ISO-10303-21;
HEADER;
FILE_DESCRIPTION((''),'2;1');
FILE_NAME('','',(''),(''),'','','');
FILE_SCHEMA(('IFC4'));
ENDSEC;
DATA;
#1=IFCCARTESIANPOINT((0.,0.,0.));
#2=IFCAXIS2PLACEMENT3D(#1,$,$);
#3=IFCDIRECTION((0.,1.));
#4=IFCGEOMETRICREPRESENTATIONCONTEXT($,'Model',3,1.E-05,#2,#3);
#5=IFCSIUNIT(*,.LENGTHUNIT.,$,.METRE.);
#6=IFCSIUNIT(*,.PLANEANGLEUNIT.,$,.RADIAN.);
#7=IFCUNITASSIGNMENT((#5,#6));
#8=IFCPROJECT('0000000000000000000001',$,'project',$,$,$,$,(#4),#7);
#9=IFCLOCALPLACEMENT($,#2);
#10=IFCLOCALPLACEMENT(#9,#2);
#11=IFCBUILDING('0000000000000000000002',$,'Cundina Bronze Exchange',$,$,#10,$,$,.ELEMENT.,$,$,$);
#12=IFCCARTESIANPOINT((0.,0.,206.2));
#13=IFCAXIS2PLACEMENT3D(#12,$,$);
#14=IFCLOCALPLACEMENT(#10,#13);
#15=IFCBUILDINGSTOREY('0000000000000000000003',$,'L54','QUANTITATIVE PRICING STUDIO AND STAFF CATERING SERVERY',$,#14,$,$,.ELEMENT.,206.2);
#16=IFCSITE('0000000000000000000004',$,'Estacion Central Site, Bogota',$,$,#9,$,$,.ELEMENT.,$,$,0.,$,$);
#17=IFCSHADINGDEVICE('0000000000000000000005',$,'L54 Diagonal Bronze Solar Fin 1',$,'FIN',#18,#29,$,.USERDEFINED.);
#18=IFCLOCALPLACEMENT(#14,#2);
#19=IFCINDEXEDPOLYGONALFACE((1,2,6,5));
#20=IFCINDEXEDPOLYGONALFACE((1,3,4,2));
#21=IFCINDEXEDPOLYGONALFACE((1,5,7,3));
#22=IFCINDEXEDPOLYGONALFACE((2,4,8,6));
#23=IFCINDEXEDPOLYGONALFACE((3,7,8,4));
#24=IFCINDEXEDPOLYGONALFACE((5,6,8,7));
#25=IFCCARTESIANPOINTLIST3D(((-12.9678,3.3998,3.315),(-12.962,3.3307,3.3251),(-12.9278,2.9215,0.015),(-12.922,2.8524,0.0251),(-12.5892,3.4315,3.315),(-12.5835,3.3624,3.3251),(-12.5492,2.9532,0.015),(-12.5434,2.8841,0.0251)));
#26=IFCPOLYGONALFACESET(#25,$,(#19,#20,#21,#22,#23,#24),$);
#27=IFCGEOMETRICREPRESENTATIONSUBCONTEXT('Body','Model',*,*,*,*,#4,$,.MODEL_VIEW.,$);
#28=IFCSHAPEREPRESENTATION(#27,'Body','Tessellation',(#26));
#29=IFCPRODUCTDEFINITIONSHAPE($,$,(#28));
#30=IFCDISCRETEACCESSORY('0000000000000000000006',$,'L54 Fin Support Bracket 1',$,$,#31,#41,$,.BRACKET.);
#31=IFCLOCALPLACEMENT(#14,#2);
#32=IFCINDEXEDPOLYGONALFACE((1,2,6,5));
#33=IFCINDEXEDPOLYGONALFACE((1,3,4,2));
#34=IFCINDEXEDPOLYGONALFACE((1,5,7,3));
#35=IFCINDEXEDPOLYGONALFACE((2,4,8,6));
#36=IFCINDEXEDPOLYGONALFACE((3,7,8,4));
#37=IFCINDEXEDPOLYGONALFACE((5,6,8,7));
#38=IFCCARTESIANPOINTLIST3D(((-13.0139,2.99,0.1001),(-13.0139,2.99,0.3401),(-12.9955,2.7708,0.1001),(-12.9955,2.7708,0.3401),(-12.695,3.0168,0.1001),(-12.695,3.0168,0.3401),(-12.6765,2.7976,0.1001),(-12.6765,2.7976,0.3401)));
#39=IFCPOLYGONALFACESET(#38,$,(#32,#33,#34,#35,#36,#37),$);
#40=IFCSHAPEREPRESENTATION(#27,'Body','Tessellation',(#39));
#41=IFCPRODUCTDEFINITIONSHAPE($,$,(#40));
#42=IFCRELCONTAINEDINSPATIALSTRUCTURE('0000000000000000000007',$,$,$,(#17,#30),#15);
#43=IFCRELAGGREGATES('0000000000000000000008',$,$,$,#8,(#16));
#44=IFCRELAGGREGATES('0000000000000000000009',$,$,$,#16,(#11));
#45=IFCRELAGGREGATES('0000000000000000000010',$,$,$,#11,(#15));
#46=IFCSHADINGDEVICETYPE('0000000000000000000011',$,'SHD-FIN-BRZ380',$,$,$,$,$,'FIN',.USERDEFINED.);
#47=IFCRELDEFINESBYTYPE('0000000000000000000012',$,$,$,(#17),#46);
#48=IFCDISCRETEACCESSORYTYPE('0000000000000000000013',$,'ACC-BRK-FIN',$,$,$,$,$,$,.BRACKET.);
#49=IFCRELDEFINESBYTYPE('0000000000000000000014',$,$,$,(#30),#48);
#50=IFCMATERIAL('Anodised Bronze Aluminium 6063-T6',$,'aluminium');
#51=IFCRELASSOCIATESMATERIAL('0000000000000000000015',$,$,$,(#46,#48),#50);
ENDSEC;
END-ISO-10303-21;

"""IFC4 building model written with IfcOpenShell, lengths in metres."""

from ifc_helpers import new_model, si_unit, direction, frame, origin, origin_2d, place, context, subcontext, project, spatial, rectangle, extrude, material, material_profile, profile_set, type_object, element, save


model = new_model("IFC4")

# Units and contexts
model_context = context("Model", 3, precision=1e-05, world=origin(), true_north=direction((0.0, 1.0)))
body_context = subcontext(model_context, "Body", "Model", "MODEL_VIEW")
ifc_project = project(units=[si_unit("LENGTHUNIT", "METRE"), si_unit("PLANEANGLEUNIT", "RADIAN")], contexts=[model_context])

# Site, building, storey
site_placement = place(None, origin())
site = spatial("IfcSite", under=ifc_project, at=site_placement, Name="Estacion Central Site, Bogota", CompositionType="ELEMENT", RefElevation=0.0)
building_placement = place(site_placement, origin())
building = spatial("IfcBuilding", under=site, at=building_placement, Name="Cundina Bronze Exchange", CompositionType="ELEMENT")
storey_placement = place(building_placement, frame((0.0, 0.0, 206.2)))
storey = spatial("IfcBuildingStorey", under=building, at=storey_placement, Name="L54", Description="QUANTITATIVE PRICING STUDIO AND STAFF CATERING SERVERY", CompositionType="ELEMENT", Elevation=206.2)

# Shared definitions
ifc_material_1 = material(Name="Anodised Bronze Aluminium 6063-T6", Category="aluminium")

# Shading device
ifc_material_profile_1 = material_profile(ifc_material_1, rectangle(XDim=0.0701, YDim=0.3799, at=origin_2d()), Name="FIN70X380", Category="aluminium")
ifc_profile_set_1 = profile_set([ifc_material_profile_1], Name="Anodised Bronze Aluminium 6063-T6")
shading_device_type = type_object("IfcShadingDeviceType", Name="SHD-FIN-BRZ380", ElementType="FIN", PredefinedType="USERDEFINED", material=ifc_profile_set_1)
shading_device_placement = place(storey_placement, frame((-12.7356, 2.9028, 0.02), z_axis=(-0.012007, 0.14342, 0.989589), x_axis=(0.082556, -0.98614, 0.143921)))
element("IfcShadingDevice", 1, at=shading_device_placement, inside=storey, type_object=shading_device_type, Name="L54 Diagonal Bronze Solar Fin 1", ObjectType="FIN", PredefinedType="USERDEFINED", context=body_context, shape_type="SweptSolid", body=[
    extrude(rectangle(XDim=0.0701, YDim=0.3799, at=origin_2d()), origin(), (0.0, 0.0, 1.0), 3.3347),
])

# Discrete accessory
discrete_accessory_type = type_object("IfcDiscreteAccessoryType", Name="ACC-BRK-FIN", PredefinedType="BRACKET", material=ifc_material_1)
discrete_accessory_placement = place(storey_placement, frame((-12.8452, 2.8938, 0.1001), z_axis=(0.0, 0.0, 1.0), x_axis=(-0.083747, 0.996487, 0.0)))
element("IfcDiscreteAccessory", 2, at=discrete_accessory_placement, inside=storey, type_object=discrete_accessory_type, Name="L54 Fin Support Bracket 1", PredefinedType="BRACKET", context=body_context, shape_type="SweptSolid", body=[
    extrude(rectangle(XDim=0.22, YDim=0.3201, at=origin_2d()), origin(), (0.0, 0.0, 1.0), 0.24),
])

save(model, "model.ifc")
